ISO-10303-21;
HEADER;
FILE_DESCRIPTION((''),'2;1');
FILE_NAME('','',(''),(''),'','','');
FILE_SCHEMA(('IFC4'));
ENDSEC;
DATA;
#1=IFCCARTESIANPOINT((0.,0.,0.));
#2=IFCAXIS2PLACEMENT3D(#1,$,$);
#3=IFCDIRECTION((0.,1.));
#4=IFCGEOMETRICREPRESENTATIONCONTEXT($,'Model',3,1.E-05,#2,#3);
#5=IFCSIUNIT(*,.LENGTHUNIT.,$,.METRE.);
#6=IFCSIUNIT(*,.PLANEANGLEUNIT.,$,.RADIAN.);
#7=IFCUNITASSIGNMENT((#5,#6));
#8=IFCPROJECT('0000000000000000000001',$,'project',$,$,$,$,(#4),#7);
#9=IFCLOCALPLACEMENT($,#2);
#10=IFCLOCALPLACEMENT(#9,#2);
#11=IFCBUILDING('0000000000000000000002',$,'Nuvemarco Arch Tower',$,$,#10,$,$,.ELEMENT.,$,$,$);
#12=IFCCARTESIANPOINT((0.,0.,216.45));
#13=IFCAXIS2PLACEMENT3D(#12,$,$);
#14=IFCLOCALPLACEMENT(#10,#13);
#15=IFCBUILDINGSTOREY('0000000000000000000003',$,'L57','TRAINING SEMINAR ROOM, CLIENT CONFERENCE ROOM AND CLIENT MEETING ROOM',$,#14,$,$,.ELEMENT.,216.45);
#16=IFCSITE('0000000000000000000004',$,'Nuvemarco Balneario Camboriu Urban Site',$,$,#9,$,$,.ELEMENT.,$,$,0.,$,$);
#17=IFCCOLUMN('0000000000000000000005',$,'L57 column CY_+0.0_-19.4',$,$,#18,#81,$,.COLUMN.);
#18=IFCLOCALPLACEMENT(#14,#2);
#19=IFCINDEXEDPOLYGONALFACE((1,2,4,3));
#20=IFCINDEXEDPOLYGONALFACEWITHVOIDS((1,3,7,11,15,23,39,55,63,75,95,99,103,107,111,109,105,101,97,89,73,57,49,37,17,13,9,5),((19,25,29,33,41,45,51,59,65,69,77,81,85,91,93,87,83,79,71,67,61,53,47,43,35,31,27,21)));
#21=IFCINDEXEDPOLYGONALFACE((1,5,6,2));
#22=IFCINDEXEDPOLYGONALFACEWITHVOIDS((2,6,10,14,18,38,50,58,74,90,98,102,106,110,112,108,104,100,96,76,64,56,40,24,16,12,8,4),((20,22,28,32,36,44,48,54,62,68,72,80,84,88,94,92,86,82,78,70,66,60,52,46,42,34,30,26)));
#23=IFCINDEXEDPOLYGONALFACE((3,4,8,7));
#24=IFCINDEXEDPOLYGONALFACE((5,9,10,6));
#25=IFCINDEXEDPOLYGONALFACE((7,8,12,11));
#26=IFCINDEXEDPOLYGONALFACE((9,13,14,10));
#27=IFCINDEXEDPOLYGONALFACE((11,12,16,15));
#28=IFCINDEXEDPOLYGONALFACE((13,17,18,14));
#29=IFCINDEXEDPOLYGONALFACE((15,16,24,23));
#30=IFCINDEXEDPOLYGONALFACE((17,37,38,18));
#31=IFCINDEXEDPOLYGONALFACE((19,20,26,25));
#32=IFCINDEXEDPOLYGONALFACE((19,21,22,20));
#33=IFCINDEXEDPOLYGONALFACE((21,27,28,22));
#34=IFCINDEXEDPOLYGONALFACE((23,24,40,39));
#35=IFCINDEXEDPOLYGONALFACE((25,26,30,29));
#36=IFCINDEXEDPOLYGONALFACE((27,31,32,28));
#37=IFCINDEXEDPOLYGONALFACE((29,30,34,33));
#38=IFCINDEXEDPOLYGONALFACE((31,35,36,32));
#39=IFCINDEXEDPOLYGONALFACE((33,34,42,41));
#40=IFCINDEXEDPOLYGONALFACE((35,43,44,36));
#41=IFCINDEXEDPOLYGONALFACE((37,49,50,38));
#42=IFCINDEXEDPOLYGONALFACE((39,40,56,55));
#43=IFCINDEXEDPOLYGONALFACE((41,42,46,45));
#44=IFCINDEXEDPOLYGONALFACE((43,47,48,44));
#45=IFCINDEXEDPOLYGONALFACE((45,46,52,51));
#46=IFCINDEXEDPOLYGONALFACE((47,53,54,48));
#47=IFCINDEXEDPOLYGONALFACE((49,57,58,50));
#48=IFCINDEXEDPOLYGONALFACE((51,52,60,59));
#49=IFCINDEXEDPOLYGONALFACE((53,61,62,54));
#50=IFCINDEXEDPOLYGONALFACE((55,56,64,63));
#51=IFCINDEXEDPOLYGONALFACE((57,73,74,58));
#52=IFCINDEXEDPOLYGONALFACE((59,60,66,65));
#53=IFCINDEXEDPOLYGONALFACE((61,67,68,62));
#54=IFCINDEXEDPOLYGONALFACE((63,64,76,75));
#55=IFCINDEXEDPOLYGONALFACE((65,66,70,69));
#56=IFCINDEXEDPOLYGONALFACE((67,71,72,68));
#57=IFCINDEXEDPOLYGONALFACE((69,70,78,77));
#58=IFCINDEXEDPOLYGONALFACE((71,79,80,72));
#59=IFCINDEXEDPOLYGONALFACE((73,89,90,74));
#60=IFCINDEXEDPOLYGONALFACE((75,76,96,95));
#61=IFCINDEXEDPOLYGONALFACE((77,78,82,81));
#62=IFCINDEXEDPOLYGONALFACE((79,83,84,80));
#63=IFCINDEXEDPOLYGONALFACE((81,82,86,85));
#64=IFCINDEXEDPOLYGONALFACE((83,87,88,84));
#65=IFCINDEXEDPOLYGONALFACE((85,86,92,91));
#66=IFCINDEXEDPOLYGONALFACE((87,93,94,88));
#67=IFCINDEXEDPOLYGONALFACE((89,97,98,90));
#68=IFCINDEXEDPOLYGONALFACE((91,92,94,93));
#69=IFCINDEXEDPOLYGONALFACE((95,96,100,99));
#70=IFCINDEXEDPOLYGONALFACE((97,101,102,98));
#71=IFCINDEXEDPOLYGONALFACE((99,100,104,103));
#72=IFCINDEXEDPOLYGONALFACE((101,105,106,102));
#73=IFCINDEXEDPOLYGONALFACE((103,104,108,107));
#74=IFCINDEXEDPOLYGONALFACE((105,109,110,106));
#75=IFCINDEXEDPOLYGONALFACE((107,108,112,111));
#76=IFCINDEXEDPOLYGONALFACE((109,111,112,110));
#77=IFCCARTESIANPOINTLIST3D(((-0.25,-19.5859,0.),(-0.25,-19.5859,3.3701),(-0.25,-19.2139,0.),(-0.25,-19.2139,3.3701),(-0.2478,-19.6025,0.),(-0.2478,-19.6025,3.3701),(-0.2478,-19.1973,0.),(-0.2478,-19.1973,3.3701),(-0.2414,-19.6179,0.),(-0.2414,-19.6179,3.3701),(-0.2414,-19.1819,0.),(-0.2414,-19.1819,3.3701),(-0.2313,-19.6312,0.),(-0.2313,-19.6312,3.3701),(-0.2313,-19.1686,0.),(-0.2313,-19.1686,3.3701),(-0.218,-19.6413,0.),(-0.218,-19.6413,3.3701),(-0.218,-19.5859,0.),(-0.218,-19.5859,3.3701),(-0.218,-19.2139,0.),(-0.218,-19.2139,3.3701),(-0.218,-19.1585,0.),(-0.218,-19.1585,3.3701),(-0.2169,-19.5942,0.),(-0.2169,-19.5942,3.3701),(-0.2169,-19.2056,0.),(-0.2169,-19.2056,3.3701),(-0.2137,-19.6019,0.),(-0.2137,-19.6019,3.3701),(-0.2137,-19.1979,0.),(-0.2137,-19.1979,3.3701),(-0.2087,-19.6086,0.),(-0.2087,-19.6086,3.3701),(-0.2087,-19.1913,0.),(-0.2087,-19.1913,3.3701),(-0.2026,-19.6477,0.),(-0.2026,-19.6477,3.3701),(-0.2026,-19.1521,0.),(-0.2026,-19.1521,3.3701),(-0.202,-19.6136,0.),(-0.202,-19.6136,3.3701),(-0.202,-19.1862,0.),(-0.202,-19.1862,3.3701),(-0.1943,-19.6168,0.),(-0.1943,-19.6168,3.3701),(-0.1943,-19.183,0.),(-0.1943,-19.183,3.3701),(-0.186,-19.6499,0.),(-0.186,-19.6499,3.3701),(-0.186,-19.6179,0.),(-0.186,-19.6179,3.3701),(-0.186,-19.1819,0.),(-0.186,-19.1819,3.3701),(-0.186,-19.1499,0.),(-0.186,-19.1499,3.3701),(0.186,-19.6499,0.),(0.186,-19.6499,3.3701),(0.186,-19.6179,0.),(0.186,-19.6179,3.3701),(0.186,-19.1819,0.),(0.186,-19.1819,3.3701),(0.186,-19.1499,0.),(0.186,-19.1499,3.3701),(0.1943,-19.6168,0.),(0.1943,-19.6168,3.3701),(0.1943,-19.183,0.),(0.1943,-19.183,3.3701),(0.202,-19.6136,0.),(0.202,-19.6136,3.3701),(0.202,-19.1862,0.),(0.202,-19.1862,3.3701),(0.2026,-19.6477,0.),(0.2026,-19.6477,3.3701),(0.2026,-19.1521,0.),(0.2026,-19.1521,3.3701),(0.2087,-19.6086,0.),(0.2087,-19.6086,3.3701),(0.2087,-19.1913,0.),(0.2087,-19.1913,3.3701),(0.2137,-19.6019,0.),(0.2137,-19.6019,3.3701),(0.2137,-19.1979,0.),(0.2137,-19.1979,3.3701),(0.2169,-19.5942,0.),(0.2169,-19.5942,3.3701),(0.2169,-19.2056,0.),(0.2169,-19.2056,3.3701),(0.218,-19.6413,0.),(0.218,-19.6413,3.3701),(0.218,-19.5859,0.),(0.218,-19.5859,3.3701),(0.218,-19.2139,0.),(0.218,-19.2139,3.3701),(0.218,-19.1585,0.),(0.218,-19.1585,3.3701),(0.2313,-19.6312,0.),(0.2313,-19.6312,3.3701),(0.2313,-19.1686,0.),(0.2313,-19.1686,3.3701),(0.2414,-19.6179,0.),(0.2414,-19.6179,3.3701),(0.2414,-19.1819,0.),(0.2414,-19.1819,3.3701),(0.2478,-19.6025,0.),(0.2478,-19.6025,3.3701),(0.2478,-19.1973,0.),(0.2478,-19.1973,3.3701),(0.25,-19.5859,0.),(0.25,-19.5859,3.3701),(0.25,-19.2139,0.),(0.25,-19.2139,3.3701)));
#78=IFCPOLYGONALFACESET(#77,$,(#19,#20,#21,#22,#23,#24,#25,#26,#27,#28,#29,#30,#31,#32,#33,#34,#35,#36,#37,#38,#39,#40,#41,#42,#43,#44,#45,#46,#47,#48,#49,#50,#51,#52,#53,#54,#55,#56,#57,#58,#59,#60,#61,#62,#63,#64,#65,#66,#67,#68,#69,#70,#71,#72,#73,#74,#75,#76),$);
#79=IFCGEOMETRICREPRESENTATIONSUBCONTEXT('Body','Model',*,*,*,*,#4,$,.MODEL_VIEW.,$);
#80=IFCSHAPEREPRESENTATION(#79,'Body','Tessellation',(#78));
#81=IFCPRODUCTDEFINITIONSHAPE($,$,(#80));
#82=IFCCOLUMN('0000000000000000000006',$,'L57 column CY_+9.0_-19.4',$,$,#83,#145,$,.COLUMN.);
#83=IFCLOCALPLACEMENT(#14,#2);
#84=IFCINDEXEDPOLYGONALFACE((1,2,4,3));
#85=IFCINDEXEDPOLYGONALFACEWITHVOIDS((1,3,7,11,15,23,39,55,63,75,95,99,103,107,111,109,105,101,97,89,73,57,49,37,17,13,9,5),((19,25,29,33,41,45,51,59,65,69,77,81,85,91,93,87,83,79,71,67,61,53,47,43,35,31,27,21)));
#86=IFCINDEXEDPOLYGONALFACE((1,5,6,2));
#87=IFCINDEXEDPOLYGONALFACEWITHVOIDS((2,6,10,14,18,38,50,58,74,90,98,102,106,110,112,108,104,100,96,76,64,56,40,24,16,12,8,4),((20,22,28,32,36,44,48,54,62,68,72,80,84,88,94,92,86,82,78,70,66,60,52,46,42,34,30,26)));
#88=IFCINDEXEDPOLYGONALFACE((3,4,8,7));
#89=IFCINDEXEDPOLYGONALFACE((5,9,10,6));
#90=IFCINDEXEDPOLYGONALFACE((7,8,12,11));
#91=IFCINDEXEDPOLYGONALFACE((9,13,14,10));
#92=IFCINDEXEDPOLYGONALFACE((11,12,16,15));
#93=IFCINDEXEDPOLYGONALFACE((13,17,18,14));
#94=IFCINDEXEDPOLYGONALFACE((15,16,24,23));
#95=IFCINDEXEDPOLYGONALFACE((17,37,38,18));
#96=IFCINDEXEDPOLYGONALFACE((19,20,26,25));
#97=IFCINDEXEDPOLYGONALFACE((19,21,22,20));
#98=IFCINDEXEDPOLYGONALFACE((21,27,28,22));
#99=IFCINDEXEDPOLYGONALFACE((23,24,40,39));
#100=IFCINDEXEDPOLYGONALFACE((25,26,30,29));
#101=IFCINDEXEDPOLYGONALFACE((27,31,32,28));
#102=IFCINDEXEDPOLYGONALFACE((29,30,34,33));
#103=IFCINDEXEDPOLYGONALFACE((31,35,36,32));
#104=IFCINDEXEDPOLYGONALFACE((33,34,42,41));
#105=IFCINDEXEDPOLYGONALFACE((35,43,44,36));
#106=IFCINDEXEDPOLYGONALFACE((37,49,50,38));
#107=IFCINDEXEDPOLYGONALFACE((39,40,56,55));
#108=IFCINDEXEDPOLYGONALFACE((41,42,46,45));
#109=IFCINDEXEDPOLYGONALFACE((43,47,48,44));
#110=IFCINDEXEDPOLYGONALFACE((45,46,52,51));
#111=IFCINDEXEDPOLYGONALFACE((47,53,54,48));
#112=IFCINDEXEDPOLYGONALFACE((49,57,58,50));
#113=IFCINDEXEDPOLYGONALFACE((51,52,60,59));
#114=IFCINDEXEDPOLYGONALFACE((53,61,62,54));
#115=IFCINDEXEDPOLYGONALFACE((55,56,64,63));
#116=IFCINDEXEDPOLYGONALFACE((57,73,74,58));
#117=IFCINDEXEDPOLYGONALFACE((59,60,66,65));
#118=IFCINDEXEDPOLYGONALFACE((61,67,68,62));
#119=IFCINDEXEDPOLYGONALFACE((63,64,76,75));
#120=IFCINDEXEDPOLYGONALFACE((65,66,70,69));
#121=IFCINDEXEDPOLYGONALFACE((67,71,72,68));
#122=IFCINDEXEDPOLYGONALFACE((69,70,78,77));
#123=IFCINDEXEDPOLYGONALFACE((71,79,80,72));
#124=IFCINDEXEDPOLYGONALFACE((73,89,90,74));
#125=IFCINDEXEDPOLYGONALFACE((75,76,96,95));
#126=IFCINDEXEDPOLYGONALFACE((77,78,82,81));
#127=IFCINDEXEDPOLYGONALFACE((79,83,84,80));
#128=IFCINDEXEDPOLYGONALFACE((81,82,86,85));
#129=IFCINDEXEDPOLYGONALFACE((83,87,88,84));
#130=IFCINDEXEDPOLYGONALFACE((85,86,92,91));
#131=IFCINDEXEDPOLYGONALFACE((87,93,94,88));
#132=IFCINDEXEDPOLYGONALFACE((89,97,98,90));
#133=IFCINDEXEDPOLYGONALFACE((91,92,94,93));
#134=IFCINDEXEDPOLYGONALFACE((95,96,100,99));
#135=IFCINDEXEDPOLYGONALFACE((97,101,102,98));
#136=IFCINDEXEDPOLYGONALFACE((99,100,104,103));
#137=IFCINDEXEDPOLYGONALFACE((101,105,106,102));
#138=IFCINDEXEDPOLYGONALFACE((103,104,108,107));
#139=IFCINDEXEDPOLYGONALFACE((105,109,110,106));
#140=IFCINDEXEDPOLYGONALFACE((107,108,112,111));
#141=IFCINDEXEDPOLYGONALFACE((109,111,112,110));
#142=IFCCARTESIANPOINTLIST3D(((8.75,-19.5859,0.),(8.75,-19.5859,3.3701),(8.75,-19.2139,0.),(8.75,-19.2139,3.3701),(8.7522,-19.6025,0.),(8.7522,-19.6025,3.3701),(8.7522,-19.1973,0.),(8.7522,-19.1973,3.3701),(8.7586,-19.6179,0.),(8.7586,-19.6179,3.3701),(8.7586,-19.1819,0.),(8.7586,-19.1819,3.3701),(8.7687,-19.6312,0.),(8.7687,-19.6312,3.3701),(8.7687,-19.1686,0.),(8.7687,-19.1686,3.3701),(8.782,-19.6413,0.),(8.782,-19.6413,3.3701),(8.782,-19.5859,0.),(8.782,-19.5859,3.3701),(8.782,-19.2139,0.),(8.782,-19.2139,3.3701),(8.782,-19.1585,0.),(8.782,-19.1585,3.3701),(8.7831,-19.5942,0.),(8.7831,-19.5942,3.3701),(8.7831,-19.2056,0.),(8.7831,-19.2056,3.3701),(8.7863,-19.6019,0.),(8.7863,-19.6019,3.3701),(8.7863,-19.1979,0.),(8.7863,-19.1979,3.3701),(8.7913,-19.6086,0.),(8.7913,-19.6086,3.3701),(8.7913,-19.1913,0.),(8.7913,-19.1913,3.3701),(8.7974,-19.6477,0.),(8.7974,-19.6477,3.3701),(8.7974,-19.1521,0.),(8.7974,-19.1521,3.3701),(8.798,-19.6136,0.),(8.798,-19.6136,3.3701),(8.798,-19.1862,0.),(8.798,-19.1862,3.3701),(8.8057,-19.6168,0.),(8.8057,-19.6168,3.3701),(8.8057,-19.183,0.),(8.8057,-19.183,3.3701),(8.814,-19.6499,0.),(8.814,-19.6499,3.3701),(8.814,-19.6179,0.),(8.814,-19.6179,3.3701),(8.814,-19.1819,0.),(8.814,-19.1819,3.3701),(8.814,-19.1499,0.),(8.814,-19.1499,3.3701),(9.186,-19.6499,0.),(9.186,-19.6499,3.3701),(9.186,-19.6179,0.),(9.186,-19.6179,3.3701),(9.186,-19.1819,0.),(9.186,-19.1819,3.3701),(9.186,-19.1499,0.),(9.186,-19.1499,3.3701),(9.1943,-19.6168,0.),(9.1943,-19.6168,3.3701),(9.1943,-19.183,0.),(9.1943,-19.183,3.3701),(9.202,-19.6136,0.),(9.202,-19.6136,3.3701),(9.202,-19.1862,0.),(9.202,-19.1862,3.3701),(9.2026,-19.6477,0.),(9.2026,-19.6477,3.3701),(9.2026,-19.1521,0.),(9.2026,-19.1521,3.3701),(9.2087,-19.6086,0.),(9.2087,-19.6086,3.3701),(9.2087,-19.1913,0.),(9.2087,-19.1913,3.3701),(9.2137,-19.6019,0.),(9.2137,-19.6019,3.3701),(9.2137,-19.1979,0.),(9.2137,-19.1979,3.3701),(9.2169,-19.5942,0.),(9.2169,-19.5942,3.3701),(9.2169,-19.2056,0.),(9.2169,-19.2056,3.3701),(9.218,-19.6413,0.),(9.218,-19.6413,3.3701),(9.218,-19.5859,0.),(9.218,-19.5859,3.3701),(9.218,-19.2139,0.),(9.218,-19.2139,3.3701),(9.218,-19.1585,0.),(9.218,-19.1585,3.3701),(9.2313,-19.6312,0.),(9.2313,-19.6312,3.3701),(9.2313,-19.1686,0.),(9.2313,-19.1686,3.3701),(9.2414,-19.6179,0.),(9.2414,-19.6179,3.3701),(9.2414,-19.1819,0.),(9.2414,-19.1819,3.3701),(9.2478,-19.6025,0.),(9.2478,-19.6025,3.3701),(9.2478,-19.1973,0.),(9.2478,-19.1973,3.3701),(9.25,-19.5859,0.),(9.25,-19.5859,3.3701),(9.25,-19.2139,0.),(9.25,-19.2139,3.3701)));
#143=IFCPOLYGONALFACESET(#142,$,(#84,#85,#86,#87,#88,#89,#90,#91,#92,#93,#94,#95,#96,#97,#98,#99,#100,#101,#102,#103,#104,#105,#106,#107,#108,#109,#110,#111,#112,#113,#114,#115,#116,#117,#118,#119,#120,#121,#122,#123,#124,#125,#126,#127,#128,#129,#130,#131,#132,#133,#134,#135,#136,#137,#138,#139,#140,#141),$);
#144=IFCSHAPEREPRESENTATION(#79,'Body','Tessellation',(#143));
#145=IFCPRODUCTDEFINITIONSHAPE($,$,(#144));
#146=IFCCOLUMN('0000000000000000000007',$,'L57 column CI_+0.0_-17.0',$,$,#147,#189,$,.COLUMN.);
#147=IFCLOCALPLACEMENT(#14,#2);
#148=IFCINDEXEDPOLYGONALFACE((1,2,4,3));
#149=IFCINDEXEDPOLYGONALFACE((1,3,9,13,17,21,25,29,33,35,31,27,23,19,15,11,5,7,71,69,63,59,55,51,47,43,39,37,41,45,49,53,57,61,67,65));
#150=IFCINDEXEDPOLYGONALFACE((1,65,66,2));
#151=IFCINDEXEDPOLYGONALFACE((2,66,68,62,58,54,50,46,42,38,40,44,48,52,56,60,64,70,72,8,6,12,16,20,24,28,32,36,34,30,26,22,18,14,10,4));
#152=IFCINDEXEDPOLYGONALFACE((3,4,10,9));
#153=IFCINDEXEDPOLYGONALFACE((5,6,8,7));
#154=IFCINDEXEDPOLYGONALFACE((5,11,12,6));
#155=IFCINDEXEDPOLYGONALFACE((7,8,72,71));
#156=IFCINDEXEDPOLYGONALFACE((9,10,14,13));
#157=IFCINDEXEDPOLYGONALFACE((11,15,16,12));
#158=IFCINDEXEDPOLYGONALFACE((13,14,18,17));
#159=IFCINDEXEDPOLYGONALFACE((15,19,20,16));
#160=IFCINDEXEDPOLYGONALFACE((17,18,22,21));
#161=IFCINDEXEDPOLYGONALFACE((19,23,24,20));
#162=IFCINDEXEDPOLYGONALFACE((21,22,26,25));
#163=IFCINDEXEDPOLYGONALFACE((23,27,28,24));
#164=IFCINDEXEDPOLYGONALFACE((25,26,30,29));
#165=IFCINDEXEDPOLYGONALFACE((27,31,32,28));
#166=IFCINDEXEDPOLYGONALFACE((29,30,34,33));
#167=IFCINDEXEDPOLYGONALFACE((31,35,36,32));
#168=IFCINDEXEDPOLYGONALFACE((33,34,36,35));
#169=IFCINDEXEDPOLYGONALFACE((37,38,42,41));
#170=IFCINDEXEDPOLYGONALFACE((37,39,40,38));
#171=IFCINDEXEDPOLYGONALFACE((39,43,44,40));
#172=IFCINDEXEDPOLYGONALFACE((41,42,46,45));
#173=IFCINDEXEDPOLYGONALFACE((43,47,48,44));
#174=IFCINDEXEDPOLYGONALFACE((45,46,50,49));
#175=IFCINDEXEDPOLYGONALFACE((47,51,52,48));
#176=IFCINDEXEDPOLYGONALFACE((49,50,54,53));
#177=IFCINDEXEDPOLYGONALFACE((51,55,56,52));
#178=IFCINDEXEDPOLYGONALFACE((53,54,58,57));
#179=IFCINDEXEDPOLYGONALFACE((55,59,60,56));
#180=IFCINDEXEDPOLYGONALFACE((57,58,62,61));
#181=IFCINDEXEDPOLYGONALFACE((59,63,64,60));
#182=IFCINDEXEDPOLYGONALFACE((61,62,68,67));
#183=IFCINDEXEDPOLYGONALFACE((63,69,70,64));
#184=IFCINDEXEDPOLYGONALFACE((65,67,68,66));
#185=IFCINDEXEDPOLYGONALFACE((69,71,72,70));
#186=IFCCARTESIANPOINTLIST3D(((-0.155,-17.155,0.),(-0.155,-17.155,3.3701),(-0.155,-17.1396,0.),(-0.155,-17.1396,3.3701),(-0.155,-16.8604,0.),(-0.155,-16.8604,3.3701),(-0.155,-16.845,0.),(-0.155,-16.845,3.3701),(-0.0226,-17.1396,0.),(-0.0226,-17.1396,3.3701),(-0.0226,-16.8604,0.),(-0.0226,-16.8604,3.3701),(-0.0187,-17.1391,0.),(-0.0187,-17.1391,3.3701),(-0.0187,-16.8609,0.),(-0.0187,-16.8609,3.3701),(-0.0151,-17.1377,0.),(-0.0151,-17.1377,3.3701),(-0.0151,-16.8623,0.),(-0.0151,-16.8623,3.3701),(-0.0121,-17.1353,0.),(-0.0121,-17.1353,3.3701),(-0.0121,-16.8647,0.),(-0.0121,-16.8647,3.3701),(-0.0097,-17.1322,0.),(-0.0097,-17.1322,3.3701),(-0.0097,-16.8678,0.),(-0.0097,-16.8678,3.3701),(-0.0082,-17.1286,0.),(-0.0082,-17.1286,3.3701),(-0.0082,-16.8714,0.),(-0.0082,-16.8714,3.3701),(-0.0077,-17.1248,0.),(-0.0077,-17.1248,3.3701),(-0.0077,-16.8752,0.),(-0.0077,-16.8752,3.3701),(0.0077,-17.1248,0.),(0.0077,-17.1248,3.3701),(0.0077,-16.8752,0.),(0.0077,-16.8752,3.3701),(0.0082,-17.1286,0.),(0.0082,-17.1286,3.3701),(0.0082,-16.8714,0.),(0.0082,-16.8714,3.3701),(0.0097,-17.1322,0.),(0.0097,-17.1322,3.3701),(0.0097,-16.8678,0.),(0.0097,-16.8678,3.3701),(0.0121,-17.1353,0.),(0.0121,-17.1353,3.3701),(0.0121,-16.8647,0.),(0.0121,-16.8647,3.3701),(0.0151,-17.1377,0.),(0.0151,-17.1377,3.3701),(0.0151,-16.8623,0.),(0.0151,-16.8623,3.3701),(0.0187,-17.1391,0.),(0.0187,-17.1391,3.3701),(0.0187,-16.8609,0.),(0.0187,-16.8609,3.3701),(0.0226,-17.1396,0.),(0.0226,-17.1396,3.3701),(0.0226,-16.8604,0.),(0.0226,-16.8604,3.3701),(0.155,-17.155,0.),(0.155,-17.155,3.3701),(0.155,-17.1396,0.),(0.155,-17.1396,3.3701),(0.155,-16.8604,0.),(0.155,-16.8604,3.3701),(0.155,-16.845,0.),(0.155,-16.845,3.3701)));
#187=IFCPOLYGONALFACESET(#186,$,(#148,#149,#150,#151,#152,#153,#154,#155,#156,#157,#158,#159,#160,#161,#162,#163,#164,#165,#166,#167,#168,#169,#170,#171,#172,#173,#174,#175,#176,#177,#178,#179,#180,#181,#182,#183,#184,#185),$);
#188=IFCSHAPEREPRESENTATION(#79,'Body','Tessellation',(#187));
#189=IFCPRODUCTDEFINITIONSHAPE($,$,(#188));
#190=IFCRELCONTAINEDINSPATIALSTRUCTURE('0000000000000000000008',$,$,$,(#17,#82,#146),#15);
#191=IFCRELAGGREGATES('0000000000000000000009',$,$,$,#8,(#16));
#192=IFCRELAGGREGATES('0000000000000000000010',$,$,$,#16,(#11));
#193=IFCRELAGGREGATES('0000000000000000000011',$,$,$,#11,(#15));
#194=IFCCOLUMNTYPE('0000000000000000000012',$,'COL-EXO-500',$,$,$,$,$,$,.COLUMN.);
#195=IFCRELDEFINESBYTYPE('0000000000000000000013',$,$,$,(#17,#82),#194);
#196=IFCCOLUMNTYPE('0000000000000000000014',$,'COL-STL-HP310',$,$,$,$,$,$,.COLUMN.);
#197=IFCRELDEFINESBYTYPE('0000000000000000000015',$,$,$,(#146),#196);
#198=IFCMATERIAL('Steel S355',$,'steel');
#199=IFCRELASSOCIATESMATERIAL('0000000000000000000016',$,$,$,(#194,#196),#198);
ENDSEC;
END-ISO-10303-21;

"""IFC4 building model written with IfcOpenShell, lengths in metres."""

from ifc_helpers import new_model, si_unit, direction, frame, origin, origin_2d, place, context, subcontext, project, spatial, hollow_rectangle, i_section, extrude, material, material_profile, profile_set, type_object, element, save


model = new_model("IFC4")

# Units and contexts
model_context = context("Model", 3, precision=1e-05, world=origin(), true_north=direction((0.0, 1.0)))
body_context = subcontext(model_context, "Body", "Model", "MODEL_VIEW")
ifc_project = project(units=[si_unit("LENGTHUNIT", "METRE"), si_unit("PLANEANGLEUNIT", "RADIAN")], contexts=[model_context])

# Site, building, storey
site_placement = place(None, origin())
site = spatial("IfcSite", under=ifc_project, at=site_placement, Name="Nuvemarco Balneario Camboriu Urban Site", CompositionType="ELEMENT", RefElevation=0.0)
building_placement = place(site_placement, origin())
building = spatial("IfcBuilding", under=site, at=building_placement, Name="Nuvemarco Arch Tower", CompositionType="ELEMENT")
storey_placement = place(building_placement, frame((0.0, 0.0, 216.45)))
storey = spatial("IfcBuildingStorey", under=building, at=storey_placement, Name="L57", Description="TRAINING SEMINAR ROOM, CLIENT CONFERENCE ROOM AND CLIENT MEETING ROOM", CompositionType="ELEMENT", Elevation=216.45)

# Columns
ifc_material_1 = material(Name="Steel S355", Category="steel")
ifc_material_profile_1 = material_profile(ifc_material_1, hollow_rectangle(XDim=0.5, YDim=0.5, WallThickness=0.032, InnerFilletRadius=0.032, OuterFilletRadius=0.064, at=origin_2d()), Name="SHS500x500x32")
ifc_profile_set_1 = profile_set([ifc_material_profile_1], Name="Steel S355")
column_type_1 = type_object("IfcColumnType", Name="COL-EXO-500", PredefinedType="COLUMN", material=ifc_profile_set_1)
for number, where, z_axis, x_axis, name in (
    (1, (0.0, -19.3999, 0.0), (0.0, 0.0, 1.0), (1.0, 0.0, 0.0), "L57 column CY_+0.0_-19.4"),
    (2, (9.0, -19.3999, 0.0), (0.0, 0.0, 1.0), (1.0, 0.0, 0.0), "L57 column CY_+9.0_-19.4"),
):
    element("IfcColumn", number, at=place(storey_placement, frame(where, z_axis=z_axis, x_axis=x_axis)), inside=storey, type_object=column_type_1, Name=name, PredefinedType="COLUMN", context=body_context, shape_type="SweptSolid", body=[
        extrude(hollow_rectangle(XDim=0.5, YDim=0.5, WallThickness=0.032, InnerFilletRadius=0.032, OuterFilletRadius=0.064, at=origin_2d()), origin(), (0.0, 0.0, 1.0), 3.3701),
    ])
ifc_material_profile_2 = material_profile(ifc_material_1, i_section(OverallWidth=0.3101, OverallDepth=0.3101, WebThickness=0.0154, FlangeThickness=0.0154, FilletRadius=0.0149, at=origin_2d()), Name="HP310x110")
ifc_profile_set_2 = profile_set([ifc_material_profile_2], Name="Steel S355")
column_type_2 = type_object("IfcColumnType", Name="COL-STL-HP310", PredefinedType="COLUMN", material=ifc_profile_set_2)
for number, where, z_axis, x_axis, name in (
    (3, (0.0, -17.0, 0.0), (0.0, 0.0, 1.0), (1.0, 0.0, 0.0), "L57 column CI_+0.0_-17.0"),
):
    element("IfcColumn", number, at=place(storey_placement, frame(where, z_axis=z_axis, x_axis=x_axis)), inside=storey, type_object=column_type_2, Name=name, PredefinedType="COLUMN", context=body_context, shape_type="SweptSolid", body=[
        extrude(i_section(OverallWidth=0.3101, OverallDepth=0.3101, WebThickness=0.0154, FlangeThickness=0.0154, FilletRadius=0.0149, at=origin_2d()), origin(), (0.0, 0.0, 1.0), 3.3701),
    ])

save(model, "model.ifc")
